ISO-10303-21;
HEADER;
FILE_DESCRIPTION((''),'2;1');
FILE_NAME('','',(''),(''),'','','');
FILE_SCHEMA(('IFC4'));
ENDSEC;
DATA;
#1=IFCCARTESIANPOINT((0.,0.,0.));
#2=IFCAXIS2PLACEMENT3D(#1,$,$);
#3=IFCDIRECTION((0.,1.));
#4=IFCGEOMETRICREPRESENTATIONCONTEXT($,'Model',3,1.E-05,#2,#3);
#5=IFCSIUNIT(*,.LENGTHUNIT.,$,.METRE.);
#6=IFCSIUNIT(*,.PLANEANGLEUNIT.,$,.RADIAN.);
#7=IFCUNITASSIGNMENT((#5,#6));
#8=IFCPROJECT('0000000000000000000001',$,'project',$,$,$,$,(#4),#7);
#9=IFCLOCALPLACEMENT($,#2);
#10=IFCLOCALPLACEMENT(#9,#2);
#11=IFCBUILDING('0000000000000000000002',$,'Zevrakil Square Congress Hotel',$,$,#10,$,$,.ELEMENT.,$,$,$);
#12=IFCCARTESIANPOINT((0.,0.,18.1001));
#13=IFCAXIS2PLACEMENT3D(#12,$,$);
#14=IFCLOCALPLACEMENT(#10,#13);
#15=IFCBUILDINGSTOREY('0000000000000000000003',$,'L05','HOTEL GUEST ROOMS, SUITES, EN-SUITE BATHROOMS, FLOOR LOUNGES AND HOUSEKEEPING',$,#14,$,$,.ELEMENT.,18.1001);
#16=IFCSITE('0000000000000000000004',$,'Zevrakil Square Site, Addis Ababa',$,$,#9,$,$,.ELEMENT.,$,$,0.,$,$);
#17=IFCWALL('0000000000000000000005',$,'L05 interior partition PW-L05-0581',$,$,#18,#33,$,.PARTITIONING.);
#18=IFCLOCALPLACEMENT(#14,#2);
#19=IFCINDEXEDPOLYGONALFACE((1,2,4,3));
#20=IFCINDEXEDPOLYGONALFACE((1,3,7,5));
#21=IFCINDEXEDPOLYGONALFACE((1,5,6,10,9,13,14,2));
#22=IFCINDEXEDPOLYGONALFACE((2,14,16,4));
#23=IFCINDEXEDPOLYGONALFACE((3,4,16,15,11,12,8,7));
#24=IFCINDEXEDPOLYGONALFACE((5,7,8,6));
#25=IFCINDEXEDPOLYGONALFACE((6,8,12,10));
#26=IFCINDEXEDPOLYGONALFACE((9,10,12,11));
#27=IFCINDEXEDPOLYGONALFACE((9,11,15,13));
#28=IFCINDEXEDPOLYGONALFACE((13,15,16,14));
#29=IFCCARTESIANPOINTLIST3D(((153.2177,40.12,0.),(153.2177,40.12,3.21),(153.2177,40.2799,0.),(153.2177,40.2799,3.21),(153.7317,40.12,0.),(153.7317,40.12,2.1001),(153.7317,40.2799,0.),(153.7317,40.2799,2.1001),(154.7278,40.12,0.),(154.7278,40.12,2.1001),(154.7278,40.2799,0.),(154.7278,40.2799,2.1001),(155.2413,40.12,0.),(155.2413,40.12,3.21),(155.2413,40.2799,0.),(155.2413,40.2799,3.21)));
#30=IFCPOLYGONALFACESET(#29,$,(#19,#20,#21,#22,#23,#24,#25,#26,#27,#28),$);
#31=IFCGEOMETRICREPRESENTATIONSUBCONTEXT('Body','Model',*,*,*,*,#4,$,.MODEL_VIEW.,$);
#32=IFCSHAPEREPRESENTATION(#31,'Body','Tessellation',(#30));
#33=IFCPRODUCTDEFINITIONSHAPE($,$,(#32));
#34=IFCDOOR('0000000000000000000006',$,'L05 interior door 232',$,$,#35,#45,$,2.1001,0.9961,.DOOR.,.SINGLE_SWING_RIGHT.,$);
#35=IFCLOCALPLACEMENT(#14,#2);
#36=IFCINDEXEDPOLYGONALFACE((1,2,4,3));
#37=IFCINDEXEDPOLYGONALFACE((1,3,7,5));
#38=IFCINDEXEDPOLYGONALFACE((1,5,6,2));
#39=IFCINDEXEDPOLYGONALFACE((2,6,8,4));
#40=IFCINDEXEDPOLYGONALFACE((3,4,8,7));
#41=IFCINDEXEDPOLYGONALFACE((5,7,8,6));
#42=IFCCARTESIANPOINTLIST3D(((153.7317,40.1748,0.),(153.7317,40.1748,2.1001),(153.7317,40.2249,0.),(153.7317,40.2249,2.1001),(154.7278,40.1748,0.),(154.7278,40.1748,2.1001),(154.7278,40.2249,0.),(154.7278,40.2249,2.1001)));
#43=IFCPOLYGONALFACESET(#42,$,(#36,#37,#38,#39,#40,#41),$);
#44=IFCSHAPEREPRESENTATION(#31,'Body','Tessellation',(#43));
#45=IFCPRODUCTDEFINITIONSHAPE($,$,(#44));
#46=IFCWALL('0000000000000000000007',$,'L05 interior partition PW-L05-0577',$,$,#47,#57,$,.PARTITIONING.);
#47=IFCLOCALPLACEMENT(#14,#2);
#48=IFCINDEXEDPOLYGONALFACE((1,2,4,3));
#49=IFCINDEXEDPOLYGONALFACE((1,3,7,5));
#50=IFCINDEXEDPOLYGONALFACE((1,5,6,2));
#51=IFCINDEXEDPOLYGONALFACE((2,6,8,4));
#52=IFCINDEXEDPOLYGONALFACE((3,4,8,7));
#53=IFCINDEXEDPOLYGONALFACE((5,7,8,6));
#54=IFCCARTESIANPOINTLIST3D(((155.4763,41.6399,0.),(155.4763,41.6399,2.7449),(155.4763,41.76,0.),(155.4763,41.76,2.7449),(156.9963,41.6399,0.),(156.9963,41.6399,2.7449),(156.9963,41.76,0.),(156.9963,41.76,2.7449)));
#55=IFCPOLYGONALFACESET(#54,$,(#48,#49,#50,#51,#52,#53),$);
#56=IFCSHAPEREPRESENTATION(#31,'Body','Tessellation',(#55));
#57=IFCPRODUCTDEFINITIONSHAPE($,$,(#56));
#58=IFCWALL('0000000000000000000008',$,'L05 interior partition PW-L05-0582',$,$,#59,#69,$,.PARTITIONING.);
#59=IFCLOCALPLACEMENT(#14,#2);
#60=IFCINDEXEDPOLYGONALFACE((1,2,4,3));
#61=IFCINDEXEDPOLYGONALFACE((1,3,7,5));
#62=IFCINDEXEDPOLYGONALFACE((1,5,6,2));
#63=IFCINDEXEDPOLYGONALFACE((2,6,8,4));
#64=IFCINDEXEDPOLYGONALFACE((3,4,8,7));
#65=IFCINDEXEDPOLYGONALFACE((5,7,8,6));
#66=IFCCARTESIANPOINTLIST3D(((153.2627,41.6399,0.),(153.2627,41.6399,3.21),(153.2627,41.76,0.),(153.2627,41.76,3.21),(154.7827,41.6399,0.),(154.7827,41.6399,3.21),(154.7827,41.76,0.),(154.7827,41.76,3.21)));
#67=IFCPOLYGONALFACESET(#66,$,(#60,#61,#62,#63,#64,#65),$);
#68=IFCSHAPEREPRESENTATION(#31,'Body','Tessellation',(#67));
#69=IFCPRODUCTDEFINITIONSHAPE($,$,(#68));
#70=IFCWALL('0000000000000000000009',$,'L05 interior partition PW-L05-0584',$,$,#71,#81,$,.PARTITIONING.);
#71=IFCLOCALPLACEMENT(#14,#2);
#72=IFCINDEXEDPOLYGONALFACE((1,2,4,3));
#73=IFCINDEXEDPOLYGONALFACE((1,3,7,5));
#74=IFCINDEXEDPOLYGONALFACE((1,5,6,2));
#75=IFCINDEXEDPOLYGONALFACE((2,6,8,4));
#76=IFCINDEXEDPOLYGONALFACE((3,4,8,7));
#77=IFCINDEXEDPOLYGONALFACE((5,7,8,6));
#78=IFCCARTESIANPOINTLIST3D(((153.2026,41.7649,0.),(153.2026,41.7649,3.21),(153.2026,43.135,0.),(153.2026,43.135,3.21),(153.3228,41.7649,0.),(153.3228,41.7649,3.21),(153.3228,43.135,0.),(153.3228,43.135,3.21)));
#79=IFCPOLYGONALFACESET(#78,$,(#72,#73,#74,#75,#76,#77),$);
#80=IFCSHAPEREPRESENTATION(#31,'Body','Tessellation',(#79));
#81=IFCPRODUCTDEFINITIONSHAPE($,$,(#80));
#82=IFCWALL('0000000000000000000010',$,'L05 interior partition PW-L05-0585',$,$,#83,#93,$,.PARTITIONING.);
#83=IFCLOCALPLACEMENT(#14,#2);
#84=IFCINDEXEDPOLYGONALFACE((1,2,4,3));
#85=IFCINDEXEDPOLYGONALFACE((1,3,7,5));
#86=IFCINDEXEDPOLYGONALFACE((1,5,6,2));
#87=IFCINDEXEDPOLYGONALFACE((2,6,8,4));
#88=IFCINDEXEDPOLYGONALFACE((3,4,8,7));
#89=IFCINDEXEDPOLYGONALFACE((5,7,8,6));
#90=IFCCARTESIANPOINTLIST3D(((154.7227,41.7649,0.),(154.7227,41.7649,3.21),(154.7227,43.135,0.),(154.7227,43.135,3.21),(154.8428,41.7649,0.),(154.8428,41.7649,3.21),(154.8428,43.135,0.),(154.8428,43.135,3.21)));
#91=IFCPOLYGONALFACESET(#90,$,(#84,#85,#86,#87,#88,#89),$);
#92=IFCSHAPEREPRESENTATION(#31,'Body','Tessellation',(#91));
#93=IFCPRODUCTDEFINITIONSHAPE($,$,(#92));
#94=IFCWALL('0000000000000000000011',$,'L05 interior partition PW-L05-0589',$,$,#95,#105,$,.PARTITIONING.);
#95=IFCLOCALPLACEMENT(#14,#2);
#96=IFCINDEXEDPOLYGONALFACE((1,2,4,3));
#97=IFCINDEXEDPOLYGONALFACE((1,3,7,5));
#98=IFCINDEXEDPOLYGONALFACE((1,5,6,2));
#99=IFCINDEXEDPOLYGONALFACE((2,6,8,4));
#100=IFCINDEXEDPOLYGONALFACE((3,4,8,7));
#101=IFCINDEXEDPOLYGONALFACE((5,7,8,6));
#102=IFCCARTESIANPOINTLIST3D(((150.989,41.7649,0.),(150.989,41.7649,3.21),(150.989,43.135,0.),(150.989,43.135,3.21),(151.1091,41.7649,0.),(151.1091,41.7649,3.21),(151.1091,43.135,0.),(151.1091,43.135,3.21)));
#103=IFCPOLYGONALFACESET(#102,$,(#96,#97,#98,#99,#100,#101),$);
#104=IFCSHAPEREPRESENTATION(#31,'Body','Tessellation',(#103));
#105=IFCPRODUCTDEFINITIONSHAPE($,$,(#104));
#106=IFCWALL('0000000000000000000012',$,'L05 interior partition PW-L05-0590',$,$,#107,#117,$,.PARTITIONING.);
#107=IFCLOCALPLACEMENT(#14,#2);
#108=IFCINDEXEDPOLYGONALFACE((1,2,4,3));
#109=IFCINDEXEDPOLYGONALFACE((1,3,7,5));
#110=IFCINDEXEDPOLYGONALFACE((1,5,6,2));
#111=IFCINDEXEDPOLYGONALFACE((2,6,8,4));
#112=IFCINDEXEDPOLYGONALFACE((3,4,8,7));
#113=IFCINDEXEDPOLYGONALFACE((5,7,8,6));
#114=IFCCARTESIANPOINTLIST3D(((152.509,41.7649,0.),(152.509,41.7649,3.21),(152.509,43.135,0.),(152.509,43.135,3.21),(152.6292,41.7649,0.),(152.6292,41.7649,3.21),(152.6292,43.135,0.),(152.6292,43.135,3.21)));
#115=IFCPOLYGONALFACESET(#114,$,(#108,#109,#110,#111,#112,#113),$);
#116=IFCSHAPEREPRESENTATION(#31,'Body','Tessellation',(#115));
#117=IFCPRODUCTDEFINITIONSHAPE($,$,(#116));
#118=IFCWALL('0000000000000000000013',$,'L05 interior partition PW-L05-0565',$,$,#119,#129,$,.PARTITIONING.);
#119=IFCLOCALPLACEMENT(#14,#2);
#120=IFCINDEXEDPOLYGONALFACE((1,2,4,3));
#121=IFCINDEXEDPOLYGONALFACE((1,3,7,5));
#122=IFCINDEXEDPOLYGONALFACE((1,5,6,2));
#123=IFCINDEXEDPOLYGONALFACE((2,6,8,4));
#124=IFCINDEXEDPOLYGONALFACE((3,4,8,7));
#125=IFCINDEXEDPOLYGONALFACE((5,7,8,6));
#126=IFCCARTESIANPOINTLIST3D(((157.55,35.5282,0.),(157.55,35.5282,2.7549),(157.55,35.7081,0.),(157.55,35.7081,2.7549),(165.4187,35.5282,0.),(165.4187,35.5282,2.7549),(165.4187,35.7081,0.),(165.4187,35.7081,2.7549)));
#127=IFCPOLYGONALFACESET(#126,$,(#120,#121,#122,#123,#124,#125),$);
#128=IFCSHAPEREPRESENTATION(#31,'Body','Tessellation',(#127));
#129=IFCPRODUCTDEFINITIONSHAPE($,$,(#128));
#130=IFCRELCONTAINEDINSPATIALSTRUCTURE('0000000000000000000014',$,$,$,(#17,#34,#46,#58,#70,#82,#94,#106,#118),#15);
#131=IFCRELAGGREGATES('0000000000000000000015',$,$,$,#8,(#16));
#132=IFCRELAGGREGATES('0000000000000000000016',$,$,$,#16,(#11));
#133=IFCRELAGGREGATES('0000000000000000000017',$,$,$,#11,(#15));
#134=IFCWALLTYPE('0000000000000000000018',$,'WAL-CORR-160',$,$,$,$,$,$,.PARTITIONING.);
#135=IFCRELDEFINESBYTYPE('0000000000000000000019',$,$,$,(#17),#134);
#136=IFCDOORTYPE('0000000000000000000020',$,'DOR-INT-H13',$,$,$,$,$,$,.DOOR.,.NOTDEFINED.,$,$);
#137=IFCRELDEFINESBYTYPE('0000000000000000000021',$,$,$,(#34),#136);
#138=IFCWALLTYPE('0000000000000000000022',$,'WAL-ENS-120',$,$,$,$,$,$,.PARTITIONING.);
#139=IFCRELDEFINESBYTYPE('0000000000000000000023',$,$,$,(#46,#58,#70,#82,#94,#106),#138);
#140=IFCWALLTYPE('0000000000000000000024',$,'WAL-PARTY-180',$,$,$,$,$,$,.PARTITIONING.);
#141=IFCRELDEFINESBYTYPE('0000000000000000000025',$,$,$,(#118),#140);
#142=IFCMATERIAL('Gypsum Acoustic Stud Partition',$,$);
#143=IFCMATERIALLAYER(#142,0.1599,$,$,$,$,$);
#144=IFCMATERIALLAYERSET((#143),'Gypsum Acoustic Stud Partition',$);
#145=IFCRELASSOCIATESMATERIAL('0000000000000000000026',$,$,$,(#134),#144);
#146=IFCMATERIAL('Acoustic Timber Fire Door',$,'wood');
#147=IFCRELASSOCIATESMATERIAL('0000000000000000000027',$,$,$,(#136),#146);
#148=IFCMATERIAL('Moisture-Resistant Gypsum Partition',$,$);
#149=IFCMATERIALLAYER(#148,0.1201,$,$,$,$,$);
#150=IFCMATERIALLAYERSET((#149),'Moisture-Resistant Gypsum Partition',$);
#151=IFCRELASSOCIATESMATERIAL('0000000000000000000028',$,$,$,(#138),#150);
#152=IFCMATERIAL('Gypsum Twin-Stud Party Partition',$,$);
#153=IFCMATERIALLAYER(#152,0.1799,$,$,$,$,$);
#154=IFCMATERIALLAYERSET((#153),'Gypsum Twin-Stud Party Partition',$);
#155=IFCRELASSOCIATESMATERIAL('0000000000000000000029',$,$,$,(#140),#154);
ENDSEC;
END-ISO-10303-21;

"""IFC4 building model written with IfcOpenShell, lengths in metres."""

from ifc_helpers import new_model, si_unit, direction, frame, frame_2d, origin, place, context, subcontext, project, spatial, rectangle, extrude, material, layer, layer_set, type_object, element, fill, save


model = new_model("IFC4")

# Units and contexts
model_context = context("Model", 3, precision=1e-05, world=origin(), true_north=direction((0.0, 1.0)))
body_context = subcontext(model_context, "Body", "Model", "MODEL_VIEW")
ifc_project = project(units=[si_unit("LENGTHUNIT", "METRE"), si_unit("PLANEANGLEUNIT", "RADIAN")], contexts=[model_context])

# Site, building, storey
site_placement = place(None, origin())
site = spatial("IfcSite", under=ifc_project, at=site_placement, Name="Zevrakil Square Site, Addis Ababa", CompositionType="ELEMENT", RefElevation=0.0)
building_placement = place(site_placement, origin())
building = spatial("IfcBuilding", under=site, at=building_placement, Name="Zevrakil Square Congress Hotel", CompositionType="ELEMENT")
storey_placement = place(building_placement, frame((0.0, 0.0, 18.1001)))
storey = spatial("IfcBuildingStorey", under=building, at=storey_placement, Name="L05", Description="HOTEL GUEST ROOMS, SUITES, EN-SUITE BATHROOMS, FLOOR LOUNGES AND HOUSEKEEPING", CompositionType="ELEMENT", Elevation=18.1001)

# Shared definitions
ifc_material_1 = material(Name="Gypsum Acoustic Stud Partition")
ifc_layer_1 = layer(ifc_material_1, 0.1599)
ifc_layer_set_1 = layer_set([ifc_layer_1], Name="Gypsum Acoustic Stud Partition")
wall_type_1 = type_object("IfcWallType", Name="WAL-CORR-160", PredefinedType="PARTITIONING", material=ifc_layer_set_1)

# Wall, opening, door
wall_1_placement = place(storey_placement, frame((153.2178, 40.2, 0.0), z_axis=(0.0, 0.0, 1.0), x_axis=(1.0, 0.0, 0.0)))
wall_1 = element("IfcWall", 1, at=wall_1_placement, inside=storey, type_object=wall_type_1, Name="L05 interior partition PW-L05-0581", PredefinedType="PARTITIONING", context=body_context, shape_type="SweptSolid", body=[
    extrude(rectangle(XDim=2.0237, YDim=0.1599, at=frame_2d((1.0117, 0.0))), origin(), (0.0, 0.0, 1.0), 3.21),
])
opening_1_placement = place(wall_1_placement, frame((0.5139, 0.0, 0.0)))
opening_1 = element("IfcOpeningElement", 2, at=opening_1_placement, cuts=wall_1, PredefinedType="OPENING", context=body_context, shape_type="SweptSolid", body=[
    extrude(rectangle(XDim=0.9961, YDim=2.1001, at=frame_2d((0.498, 1.05))), frame((0.0, 0.0898, 0.0), z_axis=(0.0, -1.0, 0.0), x_axis=(1.0, 0.0, 0.0)), (0.0, 0.0, 1.0), 0.1799),
])
ifc_material_2 = material(Name="Acoustic Timber Fire Door", Category="wood")
door_type_1 = type_object("IfcDoorType", Name="DOR-INT-H13", OperationType="NOTDEFINED", PredefinedType="DOOR", material=ifc_material_2)
door_1_placement = place(opening_1_placement, origin())
door_1 = element("IfcDoor", 3, at=door_1_placement, inside=storey, type_object=door_type_1, Name="L05 interior door 232", OperationType="SINGLE_SWING_RIGHT", OverallHeight=2.1001, OverallWidth=0.9961, PredefinedType="DOOR", context=body_context, shape_type="SweptSolid", body=[
    extrude(rectangle(XDim=0.9961, YDim=2.1001, at=frame_2d((0.498, 1.05))), frame((0.0, 0.0249, 0.0), z_axis=(0.0, -1.0, 0.0), x_axis=(1.0, 0.0, 0.0)), (0.0, 0.0, 1.0), 0.05),
])
fill(opening_1, door_1)

# Walls
ifc_material_3 = material(Name="Moisture-Resistant Gypsum Partition")
ifc_layer_2 = layer(ifc_material_3, 0.1201)
ifc_layer_set_2 = layer_set([ifc_layer_2], Name="Moisture-Resistant Gypsum Partition")
wall_type_2 = type_object("IfcWallType", Name="WAL-ENS-120", PredefinedType="PARTITIONING", material=ifc_layer_set_2)
wall_2_placement = place(storey_placement, frame((155.4763, 41.7, 0.0), z_axis=(0.0, 0.0, 1.0), x_axis=(1.0, 0.0, 0.0)))
element("IfcWall", 4, at=wall_2_placement, inside=storey, type_object=wall_type_2, Name="L05 interior partition PW-L05-0577", PredefinedType="PARTITIONING", context=body_context, shape_type="SweptSolid", body=[
    extrude(rectangle(XDim=1.52, YDim=0.1201, at=frame_2d((0.76, 0.0))), origin(), (0.0, 0.0, 1.0), 2.7449),
])
wall_3_placement = place(storey_placement, frame((153.2627, 41.7, 0.0), z_axis=(0.0, 0.0, 1.0), x_axis=(1.0, 0.0, 0.0)))
element("IfcWall", 5, at=wall_3_placement, inside=storey, type_object=wall_type_2, Name="L05 interior partition PW-L05-0582", PredefinedType="PARTITIONING", context=body_context, shape_type="SweptSolid", body=[
    extrude(rectangle(XDim=1.52, YDim=0.1201, at=frame_2d((0.76, 0.0))), origin(), (0.0, 0.0, 1.0), 3.21),
])
for number, where, z_axis, x_axis, name in (
    (6, (153.2627, 41.7649, 0.0), (0.0, 0.0, 1.0), (0.0, 1.0, 0.0), "L05 interior partition PW-L05-0584"),
    (7, (154.7827, 41.7649, 0.0), (0.0, 0.0, 1.0), (0.0, 1.0, 0.0), "L05 interior partition PW-L05-0585"),
    (8, (151.0491, 41.7649, 0.0), (0.0, 0.0, 1.0), (0.0, 1.0, 0.0), "L05 interior partition PW-L05-0589"),
    (9, (152.5691, 41.7649, 0.0), (0.0, 0.0, 1.0), (0.0, 1.0, 0.0), "L05 interior partition PW-L05-0590"),
):
    element("IfcWall", number, at=place(storey_placement, frame(where, z_axis=z_axis, x_axis=x_axis)), inside=storey, type_object=wall_type_2, Name=name, PredefinedType="PARTITIONING", context=body_context, shape_type="SweptSolid", body=[
        extrude(rectangle(XDim=1.3701, YDim=0.1201, at=frame_2d((0.6851, 0.0))), origin(), (0.0, 0.0, 1.0), 3.21),
    ])
ifc_material_4 = material(Name="Gypsum Twin-Stud Party Partition")
ifc_layer_3 = layer(ifc_material_4, 0.1799)
ifc_layer_set_3 = layer_set([ifc_layer_3], Name="Gypsum Twin-Stud Party Partition")
wall_type_3 = type_object("IfcWallType", Name="WAL-PARTY-180", PredefinedType="PARTITIONING", material=ifc_layer_set_3)
wall_4_placement = place(storey_placement, frame((157.55, 35.6182, 0.0), z_axis=(0.0, 0.0, 1.0), x_axis=(1.0, 0.0, 0.0)))
element("IfcWall", 10, at=wall_4_placement, inside=storey, type_object=wall_type_3, Name="L05 interior partition PW-L05-0565", PredefinedType="PARTITIONING", context=body_context, shape_type="SweptSolid", body=[
    extrude(rectangle(XDim=7.8687, YDim=0.1799, at=frame_2d((3.9343, 0.0))), origin(), (0.0, 0.0, 1.0), 2.7549),
])

save(model, "model.ifc")
